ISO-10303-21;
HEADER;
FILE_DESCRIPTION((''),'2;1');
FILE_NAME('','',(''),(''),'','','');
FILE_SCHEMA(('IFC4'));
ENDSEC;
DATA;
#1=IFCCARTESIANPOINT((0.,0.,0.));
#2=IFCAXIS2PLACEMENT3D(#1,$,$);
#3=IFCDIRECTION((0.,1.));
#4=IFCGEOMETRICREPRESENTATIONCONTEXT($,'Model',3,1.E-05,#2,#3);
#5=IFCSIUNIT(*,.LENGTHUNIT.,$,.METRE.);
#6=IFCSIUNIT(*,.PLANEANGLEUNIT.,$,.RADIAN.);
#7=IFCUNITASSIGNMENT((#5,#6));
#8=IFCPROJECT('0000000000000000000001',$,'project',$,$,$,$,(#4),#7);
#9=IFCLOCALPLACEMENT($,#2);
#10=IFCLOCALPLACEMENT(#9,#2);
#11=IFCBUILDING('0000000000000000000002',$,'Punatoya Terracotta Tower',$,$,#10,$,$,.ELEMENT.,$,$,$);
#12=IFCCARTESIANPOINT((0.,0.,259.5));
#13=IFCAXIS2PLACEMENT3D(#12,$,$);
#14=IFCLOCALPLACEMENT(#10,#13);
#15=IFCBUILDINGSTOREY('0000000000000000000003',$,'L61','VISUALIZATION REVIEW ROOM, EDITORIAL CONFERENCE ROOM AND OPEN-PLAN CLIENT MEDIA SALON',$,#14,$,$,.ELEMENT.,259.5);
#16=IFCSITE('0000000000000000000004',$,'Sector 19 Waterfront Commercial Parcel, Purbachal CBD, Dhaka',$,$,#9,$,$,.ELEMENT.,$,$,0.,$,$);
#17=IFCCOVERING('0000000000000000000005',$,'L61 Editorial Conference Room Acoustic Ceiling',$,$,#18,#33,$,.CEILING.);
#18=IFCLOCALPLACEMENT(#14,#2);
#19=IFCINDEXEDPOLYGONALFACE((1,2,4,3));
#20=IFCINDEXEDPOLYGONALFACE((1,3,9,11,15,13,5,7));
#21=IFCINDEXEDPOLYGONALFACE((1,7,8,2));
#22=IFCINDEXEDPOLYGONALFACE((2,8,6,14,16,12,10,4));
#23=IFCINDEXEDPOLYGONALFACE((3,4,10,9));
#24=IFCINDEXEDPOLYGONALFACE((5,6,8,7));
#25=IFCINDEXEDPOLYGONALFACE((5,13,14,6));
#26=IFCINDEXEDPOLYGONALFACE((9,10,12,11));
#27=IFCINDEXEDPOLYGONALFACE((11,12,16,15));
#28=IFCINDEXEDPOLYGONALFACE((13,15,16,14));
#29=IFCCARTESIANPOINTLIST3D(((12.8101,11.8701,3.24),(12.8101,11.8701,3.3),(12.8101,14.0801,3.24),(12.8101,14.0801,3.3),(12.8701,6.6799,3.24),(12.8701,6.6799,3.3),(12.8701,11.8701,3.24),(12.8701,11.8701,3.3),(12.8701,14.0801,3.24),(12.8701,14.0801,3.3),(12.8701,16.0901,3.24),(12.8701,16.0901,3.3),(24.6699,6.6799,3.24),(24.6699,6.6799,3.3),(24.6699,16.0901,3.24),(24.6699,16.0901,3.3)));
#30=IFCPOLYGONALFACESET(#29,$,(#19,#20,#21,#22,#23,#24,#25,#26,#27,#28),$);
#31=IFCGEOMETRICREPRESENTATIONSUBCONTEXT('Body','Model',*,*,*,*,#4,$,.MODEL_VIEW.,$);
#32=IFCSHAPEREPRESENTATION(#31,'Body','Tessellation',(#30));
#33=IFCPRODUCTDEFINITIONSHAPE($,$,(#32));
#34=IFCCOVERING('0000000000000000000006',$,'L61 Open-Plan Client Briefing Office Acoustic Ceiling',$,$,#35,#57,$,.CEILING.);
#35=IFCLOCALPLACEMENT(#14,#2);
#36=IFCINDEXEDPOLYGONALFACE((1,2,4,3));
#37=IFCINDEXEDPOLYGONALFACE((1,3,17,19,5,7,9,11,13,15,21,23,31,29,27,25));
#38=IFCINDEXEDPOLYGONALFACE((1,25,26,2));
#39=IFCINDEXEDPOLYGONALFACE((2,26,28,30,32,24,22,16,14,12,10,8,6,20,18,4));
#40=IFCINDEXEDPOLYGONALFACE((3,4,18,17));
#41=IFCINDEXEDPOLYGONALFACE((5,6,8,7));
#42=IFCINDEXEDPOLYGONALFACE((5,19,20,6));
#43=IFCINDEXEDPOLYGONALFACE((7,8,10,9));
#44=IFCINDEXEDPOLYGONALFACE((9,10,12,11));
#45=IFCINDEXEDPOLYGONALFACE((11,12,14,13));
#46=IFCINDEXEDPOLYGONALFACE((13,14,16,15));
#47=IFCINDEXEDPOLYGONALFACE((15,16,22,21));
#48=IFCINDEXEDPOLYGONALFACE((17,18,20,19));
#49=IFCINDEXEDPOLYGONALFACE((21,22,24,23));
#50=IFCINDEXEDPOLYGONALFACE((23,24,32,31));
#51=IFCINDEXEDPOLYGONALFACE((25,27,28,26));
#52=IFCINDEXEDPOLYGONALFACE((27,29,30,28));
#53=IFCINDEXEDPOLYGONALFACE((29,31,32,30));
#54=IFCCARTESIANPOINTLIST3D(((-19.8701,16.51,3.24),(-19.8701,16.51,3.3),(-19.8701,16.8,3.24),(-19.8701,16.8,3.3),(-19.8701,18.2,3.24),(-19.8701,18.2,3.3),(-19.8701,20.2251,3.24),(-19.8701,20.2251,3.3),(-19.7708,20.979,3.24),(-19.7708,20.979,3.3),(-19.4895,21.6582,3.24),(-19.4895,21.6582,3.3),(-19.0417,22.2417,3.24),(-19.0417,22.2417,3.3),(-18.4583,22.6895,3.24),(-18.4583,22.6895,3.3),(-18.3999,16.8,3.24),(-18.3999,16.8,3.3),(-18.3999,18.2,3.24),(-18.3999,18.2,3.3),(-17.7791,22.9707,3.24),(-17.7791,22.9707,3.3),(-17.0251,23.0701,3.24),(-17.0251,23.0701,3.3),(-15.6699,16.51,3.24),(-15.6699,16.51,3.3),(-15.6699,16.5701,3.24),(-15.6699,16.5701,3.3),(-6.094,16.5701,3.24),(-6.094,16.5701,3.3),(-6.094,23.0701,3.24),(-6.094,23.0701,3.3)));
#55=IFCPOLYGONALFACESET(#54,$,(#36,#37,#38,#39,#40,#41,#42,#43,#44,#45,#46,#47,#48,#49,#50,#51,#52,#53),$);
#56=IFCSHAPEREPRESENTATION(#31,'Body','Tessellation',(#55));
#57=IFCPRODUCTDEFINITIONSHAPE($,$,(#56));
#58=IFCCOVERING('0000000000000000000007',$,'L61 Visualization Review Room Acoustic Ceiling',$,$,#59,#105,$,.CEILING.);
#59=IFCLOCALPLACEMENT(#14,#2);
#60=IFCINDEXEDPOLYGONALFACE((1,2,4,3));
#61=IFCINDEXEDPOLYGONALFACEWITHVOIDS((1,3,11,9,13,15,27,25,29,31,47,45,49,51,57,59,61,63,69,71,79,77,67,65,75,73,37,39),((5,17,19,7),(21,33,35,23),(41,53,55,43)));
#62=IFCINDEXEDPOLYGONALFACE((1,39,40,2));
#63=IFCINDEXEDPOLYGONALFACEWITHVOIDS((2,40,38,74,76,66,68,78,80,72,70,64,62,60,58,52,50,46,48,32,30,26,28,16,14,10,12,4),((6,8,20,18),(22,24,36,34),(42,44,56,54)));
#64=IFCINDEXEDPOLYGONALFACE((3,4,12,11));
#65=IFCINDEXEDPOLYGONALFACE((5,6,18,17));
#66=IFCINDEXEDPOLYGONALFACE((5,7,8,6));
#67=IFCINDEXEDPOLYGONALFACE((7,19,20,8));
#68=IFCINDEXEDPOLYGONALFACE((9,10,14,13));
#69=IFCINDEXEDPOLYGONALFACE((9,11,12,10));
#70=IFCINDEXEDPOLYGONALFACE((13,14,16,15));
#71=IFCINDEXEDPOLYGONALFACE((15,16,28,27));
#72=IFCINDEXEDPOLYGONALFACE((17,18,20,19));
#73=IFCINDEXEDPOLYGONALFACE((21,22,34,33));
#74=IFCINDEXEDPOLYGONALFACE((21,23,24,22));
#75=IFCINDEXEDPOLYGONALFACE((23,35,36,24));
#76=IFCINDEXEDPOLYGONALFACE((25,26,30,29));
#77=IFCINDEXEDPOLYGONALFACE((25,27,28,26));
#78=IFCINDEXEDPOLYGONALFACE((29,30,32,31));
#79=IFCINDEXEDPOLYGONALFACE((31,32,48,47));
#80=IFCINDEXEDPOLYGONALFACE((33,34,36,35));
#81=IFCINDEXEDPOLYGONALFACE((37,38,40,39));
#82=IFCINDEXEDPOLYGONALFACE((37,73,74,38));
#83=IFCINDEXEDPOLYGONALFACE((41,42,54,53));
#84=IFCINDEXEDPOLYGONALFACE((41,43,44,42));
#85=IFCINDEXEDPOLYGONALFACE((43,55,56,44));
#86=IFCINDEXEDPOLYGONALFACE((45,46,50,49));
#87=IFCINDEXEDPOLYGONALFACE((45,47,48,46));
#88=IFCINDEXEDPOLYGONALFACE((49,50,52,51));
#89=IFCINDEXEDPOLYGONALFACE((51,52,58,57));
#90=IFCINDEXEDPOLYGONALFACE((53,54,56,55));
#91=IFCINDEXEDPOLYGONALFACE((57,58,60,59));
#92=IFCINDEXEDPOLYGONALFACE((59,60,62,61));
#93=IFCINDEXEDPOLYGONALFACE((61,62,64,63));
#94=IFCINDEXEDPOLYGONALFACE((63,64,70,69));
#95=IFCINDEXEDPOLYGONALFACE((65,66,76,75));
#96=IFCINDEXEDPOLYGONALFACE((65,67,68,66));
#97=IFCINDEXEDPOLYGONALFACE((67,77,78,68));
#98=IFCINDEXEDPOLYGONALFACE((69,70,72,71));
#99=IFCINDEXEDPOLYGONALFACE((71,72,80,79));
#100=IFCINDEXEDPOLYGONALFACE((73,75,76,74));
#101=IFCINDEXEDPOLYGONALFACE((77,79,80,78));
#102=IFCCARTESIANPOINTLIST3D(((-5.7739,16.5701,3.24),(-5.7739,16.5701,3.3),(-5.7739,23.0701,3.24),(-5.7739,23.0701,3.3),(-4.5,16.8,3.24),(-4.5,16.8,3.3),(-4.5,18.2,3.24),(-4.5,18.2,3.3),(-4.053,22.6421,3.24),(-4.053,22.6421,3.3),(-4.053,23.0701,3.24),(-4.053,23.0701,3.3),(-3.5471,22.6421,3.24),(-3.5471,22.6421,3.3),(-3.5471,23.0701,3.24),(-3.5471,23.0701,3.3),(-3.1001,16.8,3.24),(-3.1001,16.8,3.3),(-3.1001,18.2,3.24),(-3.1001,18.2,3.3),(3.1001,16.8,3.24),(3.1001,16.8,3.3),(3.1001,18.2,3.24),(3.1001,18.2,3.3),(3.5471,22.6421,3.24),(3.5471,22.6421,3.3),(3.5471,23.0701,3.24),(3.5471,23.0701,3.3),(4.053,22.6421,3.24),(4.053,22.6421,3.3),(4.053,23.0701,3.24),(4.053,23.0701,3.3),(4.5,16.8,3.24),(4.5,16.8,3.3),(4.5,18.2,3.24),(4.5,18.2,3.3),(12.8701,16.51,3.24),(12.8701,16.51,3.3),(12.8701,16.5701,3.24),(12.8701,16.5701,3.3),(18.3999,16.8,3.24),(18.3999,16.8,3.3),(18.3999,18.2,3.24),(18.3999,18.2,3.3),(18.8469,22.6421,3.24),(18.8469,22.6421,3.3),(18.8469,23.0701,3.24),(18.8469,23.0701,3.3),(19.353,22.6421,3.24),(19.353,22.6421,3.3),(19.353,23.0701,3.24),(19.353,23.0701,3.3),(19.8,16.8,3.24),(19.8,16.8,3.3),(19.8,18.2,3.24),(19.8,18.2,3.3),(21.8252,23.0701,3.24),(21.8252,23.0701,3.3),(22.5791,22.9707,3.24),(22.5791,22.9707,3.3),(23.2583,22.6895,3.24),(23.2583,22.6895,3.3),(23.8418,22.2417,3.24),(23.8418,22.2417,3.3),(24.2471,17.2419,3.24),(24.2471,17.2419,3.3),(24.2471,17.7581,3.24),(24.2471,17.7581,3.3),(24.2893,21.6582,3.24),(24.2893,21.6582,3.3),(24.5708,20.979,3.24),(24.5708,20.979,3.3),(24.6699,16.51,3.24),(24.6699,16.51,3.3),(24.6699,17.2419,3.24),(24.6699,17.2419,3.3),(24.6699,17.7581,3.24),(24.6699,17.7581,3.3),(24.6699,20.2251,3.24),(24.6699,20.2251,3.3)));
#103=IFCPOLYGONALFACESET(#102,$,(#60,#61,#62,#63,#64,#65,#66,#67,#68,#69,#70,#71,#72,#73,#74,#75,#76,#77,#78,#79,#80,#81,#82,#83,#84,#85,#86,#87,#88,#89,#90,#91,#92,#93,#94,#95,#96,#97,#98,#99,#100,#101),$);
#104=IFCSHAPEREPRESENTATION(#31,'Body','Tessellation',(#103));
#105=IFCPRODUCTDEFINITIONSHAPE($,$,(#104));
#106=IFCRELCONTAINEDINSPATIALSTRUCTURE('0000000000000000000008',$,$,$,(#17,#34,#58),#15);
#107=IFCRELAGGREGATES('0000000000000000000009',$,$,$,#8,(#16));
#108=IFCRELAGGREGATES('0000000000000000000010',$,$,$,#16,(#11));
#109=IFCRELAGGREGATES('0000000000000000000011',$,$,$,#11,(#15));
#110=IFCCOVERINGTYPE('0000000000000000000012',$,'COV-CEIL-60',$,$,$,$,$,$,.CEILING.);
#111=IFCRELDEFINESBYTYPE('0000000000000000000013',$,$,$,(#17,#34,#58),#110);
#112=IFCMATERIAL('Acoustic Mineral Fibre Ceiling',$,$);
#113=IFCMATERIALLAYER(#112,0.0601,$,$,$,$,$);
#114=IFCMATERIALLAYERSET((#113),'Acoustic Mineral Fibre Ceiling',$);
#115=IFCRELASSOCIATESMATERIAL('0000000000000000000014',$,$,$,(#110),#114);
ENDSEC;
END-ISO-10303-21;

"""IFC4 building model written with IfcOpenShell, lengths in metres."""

from ifc_helpers import new_model, si_unit, direction, frame, origin, place, context, subcontext, project, spatial, polyline, outline, extrude, material, layer, layer_set, type_object, element, save


model = new_model("IFC4")

# Units and contexts
model_context = context("Model", 3, precision=1e-05, world=origin(), true_north=direction((0.0, 1.0)))
body_context = subcontext(model_context, "Body", "Model", "MODEL_VIEW")
ifc_project = project(units=[si_unit("LENGTHUNIT", "METRE"), si_unit("PLANEANGLEUNIT", "RADIAN")], contexts=[model_context])

# Site, building, storey
site_placement = place(None, origin())
site = spatial("IfcSite", under=ifc_project, at=site_placement, Name="Sector 19 Waterfront Commercial Parcel, Purbachal CBD, Dhaka", CompositionType="ELEMENT", RefElevation=0.0)
building_placement = place(site_placement, origin())
building = spatial("IfcBuilding", under=site, at=building_placement, Name="Punatoya Terracotta Tower", CompositionType="ELEMENT")
storey_placement = place(building_placement, frame((0.0, 0.0, 259.5)))
storey = spatial("IfcBuildingStorey", under=building, at=storey_placement, Name="L61", Description="VISUALIZATION REVIEW ROOM, EDITORIAL CONFERENCE ROOM AND OPEN-PLAN CLIENT MEDIA SALON", CompositionType="ELEMENT", Elevation=259.5)

# Coverings
ifc_material_1 = material(Name="Acoustic Mineral Fibre Ceiling")
ifc_layer_1 = layer(ifc_material_1, 0.0601)
ifc_layer_set_1 = layer_set([ifc_layer_1], Name="Acoustic Mineral Fibre Ceiling")
covering_type = type_object("IfcCoveringType", Name="COV-CEIL-60", PredefinedType="CEILING", material=ifc_layer_set_1)
covering_1_placement = place(storey_placement, frame((0.0, 0.0, 3.24)))
element("IfcCovering", 1, at=covering_1_placement, inside=storey, type_object=covering_type, Name="L61 Editorial Conference Room Acoustic Ceiling", PredefinedType="CEILING", context=body_context, shape_type="SweptSolid", body=[
    extrude(outline(polyline([(12.8101, 11.8701), (12.8701, 11.8701), (12.8701, 6.6799), (24.6699, 6.6799), (24.6699, 16.0901), (12.8701, 16.0901), (12.8701, 14.0801), (12.8101, 14.0801), (12.8101, 11.8701)])), origin(), (0.0, 0.0, 1.0), 0.0601),
])
covering_2_placement = place(storey_placement, frame((0.0, 0.0, 3.24)))
element("IfcCovering", 2, at=covering_2_placement, inside=storey, type_object=covering_type, Name="L61 Open-Plan Client Briefing Office Acoustic Ceiling", PredefinedType="CEILING", context=body_context, shape_type="SweptSolid", body=[
    extrude(outline(polyline([(-19.8701, 16.8), (-19.8701, 16.51), (-15.6699, 16.51), (-15.6699, 16.5701), (-6.094, 16.5701), (-6.094, 23.0701), (-17.0251, 23.0701), (-17.7791, 22.9707), (-18.4583, 22.6895), (-19.0417, 22.2417), (-19.4895, 21.6582), (-19.7708, 20.979), (-19.8701, 20.2251), (-19.8701, 18.2), (-18.3999, 18.2), (-18.3999, 16.8), (-19.8701, 16.8)])), origin(), (0.0, 0.0, 1.0), 0.0601),
])
covering_3_placement = place(storey_placement, frame((0.0, 0.0, 3.24)))
element("IfcCovering", 3, at=covering_3_placement, inside=storey, type_object=covering_type, Name="L61 Visualization Review Room Acoustic Ceiling", PredefinedType="CEILING", context=body_context, shape_type="SweptSolid", body=[
    extrude(outline(polyline([(4.053, 22.6421), (3.5471, 22.6421), (3.5471, 23.0701), (-3.5471, 23.0701), (-3.5471, 22.6421), (-4.053, 22.6421), (-4.053, 23.0701), (-5.7739, 23.0701), (-5.7739, 16.5701), (12.8701, 16.5701), (12.8701, 16.51), (24.6699, 16.51), (24.6699, 17.2419), (24.2471, 17.2419), (24.2471, 17.7581), (24.6699, 17.7581), (24.6699, 20.2251), (24.5708, 20.979), (24.2893, 21.6582), (23.8418, 22.2417), (23.2583, 22.6895), (22.5791, 22.9707), (21.8252, 23.0701), (19.353, 23.0701), (19.353, 22.6421), (18.8469, 22.6421), (18.8469, 23.0701), (4.053, 23.0701), (4.053, 22.6421)]), holes=[polyline([(19.8, 18.2), (19.8, 16.8), (18.3999, 16.8), (18.3999, 18.2), (19.8, 18.2)]), polyline([(4.5, 16.8), (3.1001, 16.8), (3.1001, 18.2), (4.5, 18.2), (4.5, 16.8)]), polyline([(-4.5, 16.8), (-4.5, 18.2), (-3.1001, 18.2), (-3.1001, 16.8), (-4.5, 16.8)])]), origin(), (0.0, 0.0, 1.0), 0.0601),
])

save(model, "model.ifc")
